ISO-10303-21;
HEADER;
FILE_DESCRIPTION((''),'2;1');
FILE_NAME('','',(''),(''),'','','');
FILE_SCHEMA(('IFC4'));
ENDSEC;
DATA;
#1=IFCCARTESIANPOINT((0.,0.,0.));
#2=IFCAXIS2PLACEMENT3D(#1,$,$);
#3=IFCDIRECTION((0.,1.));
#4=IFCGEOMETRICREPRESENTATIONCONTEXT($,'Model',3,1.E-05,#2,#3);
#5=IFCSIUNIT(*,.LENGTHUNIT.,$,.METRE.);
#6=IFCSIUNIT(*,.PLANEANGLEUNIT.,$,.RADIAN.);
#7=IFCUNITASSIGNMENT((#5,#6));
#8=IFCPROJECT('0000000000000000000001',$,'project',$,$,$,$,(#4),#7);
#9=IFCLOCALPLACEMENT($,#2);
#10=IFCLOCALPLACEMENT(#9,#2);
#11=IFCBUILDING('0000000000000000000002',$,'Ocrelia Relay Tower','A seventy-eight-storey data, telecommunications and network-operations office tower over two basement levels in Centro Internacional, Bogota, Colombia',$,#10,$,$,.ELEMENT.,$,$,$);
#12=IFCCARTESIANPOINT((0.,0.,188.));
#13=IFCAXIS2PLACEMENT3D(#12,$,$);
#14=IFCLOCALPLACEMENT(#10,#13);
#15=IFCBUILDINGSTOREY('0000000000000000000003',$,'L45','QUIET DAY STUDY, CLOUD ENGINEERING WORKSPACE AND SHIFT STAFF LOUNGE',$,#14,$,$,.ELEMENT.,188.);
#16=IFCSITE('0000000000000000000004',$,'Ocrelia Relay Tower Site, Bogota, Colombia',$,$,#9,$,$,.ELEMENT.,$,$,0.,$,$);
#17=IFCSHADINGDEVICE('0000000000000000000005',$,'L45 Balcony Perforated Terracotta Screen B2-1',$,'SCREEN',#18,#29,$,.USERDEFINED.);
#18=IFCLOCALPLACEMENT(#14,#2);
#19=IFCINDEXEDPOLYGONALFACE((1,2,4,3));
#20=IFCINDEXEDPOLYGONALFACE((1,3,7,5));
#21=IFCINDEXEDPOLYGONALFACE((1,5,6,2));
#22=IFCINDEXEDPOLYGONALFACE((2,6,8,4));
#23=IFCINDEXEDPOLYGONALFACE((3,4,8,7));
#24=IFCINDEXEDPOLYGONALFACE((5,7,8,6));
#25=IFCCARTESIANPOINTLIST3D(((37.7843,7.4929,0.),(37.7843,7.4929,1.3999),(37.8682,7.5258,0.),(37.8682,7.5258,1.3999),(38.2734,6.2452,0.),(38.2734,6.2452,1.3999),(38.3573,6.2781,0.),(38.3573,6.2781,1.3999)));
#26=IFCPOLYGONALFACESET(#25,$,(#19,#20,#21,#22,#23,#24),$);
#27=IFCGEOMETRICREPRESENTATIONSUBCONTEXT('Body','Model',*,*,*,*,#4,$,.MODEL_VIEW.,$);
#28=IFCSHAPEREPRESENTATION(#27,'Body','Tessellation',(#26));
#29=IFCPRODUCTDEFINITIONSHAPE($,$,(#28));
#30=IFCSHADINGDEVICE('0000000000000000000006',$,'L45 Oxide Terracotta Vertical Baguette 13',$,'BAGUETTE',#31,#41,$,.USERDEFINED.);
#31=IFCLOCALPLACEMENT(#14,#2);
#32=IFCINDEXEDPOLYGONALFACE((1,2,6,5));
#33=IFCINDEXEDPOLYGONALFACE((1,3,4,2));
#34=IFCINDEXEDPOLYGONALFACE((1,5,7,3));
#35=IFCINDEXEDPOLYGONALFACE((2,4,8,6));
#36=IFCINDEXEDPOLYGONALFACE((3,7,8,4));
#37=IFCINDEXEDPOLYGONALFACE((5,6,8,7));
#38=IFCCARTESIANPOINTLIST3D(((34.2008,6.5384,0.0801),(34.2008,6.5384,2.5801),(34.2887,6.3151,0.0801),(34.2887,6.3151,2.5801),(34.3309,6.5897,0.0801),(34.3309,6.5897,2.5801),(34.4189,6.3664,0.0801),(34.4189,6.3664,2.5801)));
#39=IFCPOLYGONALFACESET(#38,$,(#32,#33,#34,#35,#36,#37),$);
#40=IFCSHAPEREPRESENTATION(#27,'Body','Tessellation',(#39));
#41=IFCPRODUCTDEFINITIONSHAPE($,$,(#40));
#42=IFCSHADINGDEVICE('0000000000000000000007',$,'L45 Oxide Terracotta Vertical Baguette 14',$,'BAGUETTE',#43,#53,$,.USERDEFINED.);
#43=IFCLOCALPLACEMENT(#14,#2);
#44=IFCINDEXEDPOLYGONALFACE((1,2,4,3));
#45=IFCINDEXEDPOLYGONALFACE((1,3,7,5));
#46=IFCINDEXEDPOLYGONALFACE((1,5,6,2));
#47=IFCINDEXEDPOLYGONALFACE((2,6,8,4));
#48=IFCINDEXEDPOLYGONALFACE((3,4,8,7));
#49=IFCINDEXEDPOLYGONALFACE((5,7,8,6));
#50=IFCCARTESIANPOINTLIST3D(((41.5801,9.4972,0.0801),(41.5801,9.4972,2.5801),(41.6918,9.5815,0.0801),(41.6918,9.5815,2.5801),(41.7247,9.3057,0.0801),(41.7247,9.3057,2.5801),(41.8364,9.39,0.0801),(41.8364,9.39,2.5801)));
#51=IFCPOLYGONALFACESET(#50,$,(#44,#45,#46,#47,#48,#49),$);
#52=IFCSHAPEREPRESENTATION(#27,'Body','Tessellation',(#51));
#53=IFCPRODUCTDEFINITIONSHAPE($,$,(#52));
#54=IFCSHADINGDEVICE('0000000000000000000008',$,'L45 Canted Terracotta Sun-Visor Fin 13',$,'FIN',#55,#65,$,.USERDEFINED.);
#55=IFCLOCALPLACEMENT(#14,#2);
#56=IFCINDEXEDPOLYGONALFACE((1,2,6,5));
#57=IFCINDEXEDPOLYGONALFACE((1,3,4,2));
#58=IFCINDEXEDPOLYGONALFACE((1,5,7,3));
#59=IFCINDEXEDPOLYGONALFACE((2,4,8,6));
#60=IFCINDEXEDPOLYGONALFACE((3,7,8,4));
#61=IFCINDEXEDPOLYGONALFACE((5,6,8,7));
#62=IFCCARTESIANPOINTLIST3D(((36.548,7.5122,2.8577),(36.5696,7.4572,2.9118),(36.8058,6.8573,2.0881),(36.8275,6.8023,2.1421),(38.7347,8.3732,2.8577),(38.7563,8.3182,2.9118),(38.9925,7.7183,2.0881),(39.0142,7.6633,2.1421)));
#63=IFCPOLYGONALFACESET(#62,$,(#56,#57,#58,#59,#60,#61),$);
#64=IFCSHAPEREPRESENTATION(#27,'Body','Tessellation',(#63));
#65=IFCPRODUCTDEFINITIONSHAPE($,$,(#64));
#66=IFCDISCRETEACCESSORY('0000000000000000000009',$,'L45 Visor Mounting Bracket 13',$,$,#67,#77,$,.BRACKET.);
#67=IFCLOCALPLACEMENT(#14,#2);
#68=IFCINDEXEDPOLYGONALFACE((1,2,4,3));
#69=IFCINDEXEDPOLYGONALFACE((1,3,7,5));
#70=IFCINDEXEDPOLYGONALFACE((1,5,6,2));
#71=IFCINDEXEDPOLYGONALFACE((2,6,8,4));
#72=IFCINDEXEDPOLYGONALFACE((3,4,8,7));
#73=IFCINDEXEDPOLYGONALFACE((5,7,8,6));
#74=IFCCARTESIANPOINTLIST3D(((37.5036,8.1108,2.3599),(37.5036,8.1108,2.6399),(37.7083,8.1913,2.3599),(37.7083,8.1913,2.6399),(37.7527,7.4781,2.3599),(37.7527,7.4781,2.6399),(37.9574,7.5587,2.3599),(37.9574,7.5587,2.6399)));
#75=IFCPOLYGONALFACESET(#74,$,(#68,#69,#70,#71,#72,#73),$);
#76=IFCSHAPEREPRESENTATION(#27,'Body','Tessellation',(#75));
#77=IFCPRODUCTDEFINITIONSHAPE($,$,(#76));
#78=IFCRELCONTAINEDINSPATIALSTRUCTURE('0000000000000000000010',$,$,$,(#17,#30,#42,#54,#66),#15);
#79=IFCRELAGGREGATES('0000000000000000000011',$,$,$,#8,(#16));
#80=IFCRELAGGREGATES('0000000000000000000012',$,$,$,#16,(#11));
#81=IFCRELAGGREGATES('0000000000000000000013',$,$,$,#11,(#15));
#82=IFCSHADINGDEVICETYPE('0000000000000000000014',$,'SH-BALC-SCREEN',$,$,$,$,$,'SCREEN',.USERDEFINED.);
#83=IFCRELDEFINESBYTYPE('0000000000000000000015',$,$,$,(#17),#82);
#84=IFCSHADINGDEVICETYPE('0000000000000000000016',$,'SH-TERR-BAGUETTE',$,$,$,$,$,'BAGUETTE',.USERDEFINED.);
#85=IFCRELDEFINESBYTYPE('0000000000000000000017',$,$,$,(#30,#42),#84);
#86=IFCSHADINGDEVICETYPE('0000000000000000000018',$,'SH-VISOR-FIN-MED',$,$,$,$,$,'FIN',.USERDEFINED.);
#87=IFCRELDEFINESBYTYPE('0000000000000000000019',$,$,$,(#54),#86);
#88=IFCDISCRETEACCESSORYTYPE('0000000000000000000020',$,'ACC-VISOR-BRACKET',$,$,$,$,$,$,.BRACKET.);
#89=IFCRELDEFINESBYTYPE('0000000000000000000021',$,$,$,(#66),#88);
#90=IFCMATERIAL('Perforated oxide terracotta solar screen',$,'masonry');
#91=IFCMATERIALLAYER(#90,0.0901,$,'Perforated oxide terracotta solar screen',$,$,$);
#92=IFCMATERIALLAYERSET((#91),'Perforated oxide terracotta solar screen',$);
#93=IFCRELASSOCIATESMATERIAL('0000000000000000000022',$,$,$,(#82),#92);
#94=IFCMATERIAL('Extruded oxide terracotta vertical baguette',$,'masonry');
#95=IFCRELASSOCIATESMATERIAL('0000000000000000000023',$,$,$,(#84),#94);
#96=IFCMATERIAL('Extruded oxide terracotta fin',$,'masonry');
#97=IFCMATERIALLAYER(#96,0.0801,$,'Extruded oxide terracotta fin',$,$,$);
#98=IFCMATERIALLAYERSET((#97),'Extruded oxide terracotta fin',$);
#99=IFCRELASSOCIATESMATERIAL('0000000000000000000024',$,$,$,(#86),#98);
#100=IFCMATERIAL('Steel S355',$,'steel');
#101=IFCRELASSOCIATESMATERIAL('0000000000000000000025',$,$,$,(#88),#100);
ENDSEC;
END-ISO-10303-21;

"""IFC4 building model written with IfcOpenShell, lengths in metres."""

from ifc_helpers import new_model, si_unit, direction, frame, origin, origin_2d, place, context, subcontext, project, spatial, rectangle, extrude, material, layer, layer_set, type_object, element, save


model = new_model("IFC4")

# Units and contexts
model_context = context("Model", 3, precision=1e-05, world=origin(), true_north=direction((0.0, 1.0)))
body_context = subcontext(model_context, "Body", "Model", "MODEL_VIEW")
ifc_project = project(units=[si_unit("LENGTHUNIT", "METRE"), si_unit("PLANEANGLEUNIT", "RADIAN")], contexts=[model_context])

# Site, building, storey
site_placement = place(None, origin())
site = spatial("IfcSite", under=ifc_project, at=site_placement, Name="Ocrelia Relay Tower Site, Bogota, Colombia", CompositionType="ELEMENT", RefElevation=0.0)
building_placement = place(site_placement, origin())
building = spatial("IfcBuilding", under=site, at=building_placement, Name="Ocrelia Relay Tower", Description="A seventy-eight-storey data, telecommunications and network-operations office tower over two basement levels in Centro Internacional, Bogota, Colombia", CompositionType="ELEMENT")
storey_placement = place(building_placement, frame((0.0, 0.0, 188.0)))
storey = spatial("IfcBuildingStorey", under=building, at=storey_placement, Name="L45", Description="QUIET DAY STUDY, CLOUD ENGINEERING WORKSPACE AND SHIFT STAFF LOUNGE", CompositionType="ELEMENT", Elevation=188.0)

# Shared definitions
ifc_material_1 = material(Name="Steel S355", Category="steel")

# Shading devices
ifc_material_2 = material(Name="Perforated oxide terracotta solar screen", Category="masonry")
ifc_layer_1 = layer(ifc_material_2, 0.0901, Name="Perforated oxide terracotta solar screen")
ifc_layer_set_1 = layer_set([ifc_layer_1], Name="Perforated oxide terracotta solar screen")
shading_device_type_1 = type_object("IfcShadingDeviceType", Name="SH-BALC-SCREEN", ElementType="SCREEN", PredefinedType="USERDEFINED", material=ifc_layer_set_1)
shading_device_1_placement = place(storey_placement, frame((38.0708, 6.8855, 0.0), z_axis=(0.0, 0.0, 1.0), x_axis=(0.364935, -0.931033, 0.0)))
element("IfcShadingDevice", 1, at=shading_device_1_placement, inside=storey, type_object=shading_device_type_1, Name="L45 Balcony Perforated Terracotta Screen B2-1", ObjectType="SCREEN", PredefinedType="USERDEFINED", context=body_context, shape_type="SweptSolid", body=[
    extrude(rectangle(XDim=1.3401, YDim=0.0901, at=origin_2d()), origin(), (0.0, 0.0, 1.0), 1.3999),
])
ifc_material_3 = material(Name="Extruded oxide terracotta vertical baguette", Category="masonry")
shading_device_type_2 = type_object("IfcShadingDeviceType", Name="SH-TERR-BAGUETTE", ElementType="BAGUETTE", PredefinedType="USERDEFINED", material=ifc_material_3)
for number, where, z_axis, x_axis, name in (
    (2, (34.3098, 6.4524, 0.0801), (0.0, 0.0, 1.0), (0.930471, 0.366365, 0.0), "L45 Oxide Terracotta Vertical Baguette 13"),
    (3, (41.7083, 9.4436, 0.0801), (0.0, 0.0, 1.0), (0.798106, 0.602517, 0.0), "L45 Oxide Terracotta Vertical Baguette 14"),
):
    element("IfcShadingDevice", number, at=place(storey_placement, frame(where, z_axis=z_axis, x_axis=x_axis)), inside=storey, type_object=shading_device_type_2, Name=name, ObjectType="BAGUETTE", PredefinedType="USERDEFINED", context=body_context, shape_type="SweptSolid", body=[
        extrude(rectangle(XDim=0.1399, YDim=0.24, at=origin_2d()), origin(), (0.0, 0.0, 1.0), 2.5),
    ])
ifc_material_4 = material(Name="Extruded oxide terracotta fin", Category="masonry")
ifc_layer_2 = layer(ifc_material_4, 0.0801, Name="Extruded oxide terracotta fin")
ifc_layer_set_2 = layer_set([ifc_layer_2], Name="Extruded oxide terracotta fin")
shading_device_type_3 = type_object("IfcShadingDeviceType", Name="SH-VISOR-FIN-MED", ElementType="FIN", PredefinedType="USERDEFINED", material=ifc_layer_set_2)
shading_device_2_placement = place(storey_placement, frame((37.7703, 7.6152, 2.4729), z_axis=(0.270372, -0.686673, 0.674818), x_axis=(0.930471, 0.366365, 0.0)))
element("IfcShadingDevice", 4, at=shading_device_2_placement, inside=storey, type_object=shading_device_type_3, Name="L45 Canted Terracotta Sun-Visor Fin 13", ObjectType="FIN", PredefinedType="USERDEFINED", context=body_context, shape_type="SweptSolid", body=[
    extrude(rectangle(XDim=2.3501, YDim=1.043, at=origin_2d()), origin(), (0.0, 0.0, 1.0), 0.0801),
])

# Discrete accessory
discrete_accessory_type = type_object("IfcDiscreteAccessoryType", Name="ACC-VISOR-BRACKET", PredefinedType="BRACKET", material=ifc_material_1)
discrete_accessory_placement = place(storey_placement, frame((37.7305, 7.8347, 2.3599), z_axis=(0.0, 0.0, 1.0), x_axis=(0.930471, 0.366365, 0.0)))
element("IfcDiscreteAccessory", 5, at=discrete_accessory_placement, inside=storey, type_object=discrete_accessory_type, Name="L45 Visor Mounting Bracket 13", PredefinedType="BRACKET", context=body_context, shape_type="SweptSolid", body=[
    extrude(rectangle(XDim=0.22, YDim=0.6799, at=origin_2d()), origin(), (0.0, 0.0, 1.0), 0.28),
])

save(model, "model.ifc")
